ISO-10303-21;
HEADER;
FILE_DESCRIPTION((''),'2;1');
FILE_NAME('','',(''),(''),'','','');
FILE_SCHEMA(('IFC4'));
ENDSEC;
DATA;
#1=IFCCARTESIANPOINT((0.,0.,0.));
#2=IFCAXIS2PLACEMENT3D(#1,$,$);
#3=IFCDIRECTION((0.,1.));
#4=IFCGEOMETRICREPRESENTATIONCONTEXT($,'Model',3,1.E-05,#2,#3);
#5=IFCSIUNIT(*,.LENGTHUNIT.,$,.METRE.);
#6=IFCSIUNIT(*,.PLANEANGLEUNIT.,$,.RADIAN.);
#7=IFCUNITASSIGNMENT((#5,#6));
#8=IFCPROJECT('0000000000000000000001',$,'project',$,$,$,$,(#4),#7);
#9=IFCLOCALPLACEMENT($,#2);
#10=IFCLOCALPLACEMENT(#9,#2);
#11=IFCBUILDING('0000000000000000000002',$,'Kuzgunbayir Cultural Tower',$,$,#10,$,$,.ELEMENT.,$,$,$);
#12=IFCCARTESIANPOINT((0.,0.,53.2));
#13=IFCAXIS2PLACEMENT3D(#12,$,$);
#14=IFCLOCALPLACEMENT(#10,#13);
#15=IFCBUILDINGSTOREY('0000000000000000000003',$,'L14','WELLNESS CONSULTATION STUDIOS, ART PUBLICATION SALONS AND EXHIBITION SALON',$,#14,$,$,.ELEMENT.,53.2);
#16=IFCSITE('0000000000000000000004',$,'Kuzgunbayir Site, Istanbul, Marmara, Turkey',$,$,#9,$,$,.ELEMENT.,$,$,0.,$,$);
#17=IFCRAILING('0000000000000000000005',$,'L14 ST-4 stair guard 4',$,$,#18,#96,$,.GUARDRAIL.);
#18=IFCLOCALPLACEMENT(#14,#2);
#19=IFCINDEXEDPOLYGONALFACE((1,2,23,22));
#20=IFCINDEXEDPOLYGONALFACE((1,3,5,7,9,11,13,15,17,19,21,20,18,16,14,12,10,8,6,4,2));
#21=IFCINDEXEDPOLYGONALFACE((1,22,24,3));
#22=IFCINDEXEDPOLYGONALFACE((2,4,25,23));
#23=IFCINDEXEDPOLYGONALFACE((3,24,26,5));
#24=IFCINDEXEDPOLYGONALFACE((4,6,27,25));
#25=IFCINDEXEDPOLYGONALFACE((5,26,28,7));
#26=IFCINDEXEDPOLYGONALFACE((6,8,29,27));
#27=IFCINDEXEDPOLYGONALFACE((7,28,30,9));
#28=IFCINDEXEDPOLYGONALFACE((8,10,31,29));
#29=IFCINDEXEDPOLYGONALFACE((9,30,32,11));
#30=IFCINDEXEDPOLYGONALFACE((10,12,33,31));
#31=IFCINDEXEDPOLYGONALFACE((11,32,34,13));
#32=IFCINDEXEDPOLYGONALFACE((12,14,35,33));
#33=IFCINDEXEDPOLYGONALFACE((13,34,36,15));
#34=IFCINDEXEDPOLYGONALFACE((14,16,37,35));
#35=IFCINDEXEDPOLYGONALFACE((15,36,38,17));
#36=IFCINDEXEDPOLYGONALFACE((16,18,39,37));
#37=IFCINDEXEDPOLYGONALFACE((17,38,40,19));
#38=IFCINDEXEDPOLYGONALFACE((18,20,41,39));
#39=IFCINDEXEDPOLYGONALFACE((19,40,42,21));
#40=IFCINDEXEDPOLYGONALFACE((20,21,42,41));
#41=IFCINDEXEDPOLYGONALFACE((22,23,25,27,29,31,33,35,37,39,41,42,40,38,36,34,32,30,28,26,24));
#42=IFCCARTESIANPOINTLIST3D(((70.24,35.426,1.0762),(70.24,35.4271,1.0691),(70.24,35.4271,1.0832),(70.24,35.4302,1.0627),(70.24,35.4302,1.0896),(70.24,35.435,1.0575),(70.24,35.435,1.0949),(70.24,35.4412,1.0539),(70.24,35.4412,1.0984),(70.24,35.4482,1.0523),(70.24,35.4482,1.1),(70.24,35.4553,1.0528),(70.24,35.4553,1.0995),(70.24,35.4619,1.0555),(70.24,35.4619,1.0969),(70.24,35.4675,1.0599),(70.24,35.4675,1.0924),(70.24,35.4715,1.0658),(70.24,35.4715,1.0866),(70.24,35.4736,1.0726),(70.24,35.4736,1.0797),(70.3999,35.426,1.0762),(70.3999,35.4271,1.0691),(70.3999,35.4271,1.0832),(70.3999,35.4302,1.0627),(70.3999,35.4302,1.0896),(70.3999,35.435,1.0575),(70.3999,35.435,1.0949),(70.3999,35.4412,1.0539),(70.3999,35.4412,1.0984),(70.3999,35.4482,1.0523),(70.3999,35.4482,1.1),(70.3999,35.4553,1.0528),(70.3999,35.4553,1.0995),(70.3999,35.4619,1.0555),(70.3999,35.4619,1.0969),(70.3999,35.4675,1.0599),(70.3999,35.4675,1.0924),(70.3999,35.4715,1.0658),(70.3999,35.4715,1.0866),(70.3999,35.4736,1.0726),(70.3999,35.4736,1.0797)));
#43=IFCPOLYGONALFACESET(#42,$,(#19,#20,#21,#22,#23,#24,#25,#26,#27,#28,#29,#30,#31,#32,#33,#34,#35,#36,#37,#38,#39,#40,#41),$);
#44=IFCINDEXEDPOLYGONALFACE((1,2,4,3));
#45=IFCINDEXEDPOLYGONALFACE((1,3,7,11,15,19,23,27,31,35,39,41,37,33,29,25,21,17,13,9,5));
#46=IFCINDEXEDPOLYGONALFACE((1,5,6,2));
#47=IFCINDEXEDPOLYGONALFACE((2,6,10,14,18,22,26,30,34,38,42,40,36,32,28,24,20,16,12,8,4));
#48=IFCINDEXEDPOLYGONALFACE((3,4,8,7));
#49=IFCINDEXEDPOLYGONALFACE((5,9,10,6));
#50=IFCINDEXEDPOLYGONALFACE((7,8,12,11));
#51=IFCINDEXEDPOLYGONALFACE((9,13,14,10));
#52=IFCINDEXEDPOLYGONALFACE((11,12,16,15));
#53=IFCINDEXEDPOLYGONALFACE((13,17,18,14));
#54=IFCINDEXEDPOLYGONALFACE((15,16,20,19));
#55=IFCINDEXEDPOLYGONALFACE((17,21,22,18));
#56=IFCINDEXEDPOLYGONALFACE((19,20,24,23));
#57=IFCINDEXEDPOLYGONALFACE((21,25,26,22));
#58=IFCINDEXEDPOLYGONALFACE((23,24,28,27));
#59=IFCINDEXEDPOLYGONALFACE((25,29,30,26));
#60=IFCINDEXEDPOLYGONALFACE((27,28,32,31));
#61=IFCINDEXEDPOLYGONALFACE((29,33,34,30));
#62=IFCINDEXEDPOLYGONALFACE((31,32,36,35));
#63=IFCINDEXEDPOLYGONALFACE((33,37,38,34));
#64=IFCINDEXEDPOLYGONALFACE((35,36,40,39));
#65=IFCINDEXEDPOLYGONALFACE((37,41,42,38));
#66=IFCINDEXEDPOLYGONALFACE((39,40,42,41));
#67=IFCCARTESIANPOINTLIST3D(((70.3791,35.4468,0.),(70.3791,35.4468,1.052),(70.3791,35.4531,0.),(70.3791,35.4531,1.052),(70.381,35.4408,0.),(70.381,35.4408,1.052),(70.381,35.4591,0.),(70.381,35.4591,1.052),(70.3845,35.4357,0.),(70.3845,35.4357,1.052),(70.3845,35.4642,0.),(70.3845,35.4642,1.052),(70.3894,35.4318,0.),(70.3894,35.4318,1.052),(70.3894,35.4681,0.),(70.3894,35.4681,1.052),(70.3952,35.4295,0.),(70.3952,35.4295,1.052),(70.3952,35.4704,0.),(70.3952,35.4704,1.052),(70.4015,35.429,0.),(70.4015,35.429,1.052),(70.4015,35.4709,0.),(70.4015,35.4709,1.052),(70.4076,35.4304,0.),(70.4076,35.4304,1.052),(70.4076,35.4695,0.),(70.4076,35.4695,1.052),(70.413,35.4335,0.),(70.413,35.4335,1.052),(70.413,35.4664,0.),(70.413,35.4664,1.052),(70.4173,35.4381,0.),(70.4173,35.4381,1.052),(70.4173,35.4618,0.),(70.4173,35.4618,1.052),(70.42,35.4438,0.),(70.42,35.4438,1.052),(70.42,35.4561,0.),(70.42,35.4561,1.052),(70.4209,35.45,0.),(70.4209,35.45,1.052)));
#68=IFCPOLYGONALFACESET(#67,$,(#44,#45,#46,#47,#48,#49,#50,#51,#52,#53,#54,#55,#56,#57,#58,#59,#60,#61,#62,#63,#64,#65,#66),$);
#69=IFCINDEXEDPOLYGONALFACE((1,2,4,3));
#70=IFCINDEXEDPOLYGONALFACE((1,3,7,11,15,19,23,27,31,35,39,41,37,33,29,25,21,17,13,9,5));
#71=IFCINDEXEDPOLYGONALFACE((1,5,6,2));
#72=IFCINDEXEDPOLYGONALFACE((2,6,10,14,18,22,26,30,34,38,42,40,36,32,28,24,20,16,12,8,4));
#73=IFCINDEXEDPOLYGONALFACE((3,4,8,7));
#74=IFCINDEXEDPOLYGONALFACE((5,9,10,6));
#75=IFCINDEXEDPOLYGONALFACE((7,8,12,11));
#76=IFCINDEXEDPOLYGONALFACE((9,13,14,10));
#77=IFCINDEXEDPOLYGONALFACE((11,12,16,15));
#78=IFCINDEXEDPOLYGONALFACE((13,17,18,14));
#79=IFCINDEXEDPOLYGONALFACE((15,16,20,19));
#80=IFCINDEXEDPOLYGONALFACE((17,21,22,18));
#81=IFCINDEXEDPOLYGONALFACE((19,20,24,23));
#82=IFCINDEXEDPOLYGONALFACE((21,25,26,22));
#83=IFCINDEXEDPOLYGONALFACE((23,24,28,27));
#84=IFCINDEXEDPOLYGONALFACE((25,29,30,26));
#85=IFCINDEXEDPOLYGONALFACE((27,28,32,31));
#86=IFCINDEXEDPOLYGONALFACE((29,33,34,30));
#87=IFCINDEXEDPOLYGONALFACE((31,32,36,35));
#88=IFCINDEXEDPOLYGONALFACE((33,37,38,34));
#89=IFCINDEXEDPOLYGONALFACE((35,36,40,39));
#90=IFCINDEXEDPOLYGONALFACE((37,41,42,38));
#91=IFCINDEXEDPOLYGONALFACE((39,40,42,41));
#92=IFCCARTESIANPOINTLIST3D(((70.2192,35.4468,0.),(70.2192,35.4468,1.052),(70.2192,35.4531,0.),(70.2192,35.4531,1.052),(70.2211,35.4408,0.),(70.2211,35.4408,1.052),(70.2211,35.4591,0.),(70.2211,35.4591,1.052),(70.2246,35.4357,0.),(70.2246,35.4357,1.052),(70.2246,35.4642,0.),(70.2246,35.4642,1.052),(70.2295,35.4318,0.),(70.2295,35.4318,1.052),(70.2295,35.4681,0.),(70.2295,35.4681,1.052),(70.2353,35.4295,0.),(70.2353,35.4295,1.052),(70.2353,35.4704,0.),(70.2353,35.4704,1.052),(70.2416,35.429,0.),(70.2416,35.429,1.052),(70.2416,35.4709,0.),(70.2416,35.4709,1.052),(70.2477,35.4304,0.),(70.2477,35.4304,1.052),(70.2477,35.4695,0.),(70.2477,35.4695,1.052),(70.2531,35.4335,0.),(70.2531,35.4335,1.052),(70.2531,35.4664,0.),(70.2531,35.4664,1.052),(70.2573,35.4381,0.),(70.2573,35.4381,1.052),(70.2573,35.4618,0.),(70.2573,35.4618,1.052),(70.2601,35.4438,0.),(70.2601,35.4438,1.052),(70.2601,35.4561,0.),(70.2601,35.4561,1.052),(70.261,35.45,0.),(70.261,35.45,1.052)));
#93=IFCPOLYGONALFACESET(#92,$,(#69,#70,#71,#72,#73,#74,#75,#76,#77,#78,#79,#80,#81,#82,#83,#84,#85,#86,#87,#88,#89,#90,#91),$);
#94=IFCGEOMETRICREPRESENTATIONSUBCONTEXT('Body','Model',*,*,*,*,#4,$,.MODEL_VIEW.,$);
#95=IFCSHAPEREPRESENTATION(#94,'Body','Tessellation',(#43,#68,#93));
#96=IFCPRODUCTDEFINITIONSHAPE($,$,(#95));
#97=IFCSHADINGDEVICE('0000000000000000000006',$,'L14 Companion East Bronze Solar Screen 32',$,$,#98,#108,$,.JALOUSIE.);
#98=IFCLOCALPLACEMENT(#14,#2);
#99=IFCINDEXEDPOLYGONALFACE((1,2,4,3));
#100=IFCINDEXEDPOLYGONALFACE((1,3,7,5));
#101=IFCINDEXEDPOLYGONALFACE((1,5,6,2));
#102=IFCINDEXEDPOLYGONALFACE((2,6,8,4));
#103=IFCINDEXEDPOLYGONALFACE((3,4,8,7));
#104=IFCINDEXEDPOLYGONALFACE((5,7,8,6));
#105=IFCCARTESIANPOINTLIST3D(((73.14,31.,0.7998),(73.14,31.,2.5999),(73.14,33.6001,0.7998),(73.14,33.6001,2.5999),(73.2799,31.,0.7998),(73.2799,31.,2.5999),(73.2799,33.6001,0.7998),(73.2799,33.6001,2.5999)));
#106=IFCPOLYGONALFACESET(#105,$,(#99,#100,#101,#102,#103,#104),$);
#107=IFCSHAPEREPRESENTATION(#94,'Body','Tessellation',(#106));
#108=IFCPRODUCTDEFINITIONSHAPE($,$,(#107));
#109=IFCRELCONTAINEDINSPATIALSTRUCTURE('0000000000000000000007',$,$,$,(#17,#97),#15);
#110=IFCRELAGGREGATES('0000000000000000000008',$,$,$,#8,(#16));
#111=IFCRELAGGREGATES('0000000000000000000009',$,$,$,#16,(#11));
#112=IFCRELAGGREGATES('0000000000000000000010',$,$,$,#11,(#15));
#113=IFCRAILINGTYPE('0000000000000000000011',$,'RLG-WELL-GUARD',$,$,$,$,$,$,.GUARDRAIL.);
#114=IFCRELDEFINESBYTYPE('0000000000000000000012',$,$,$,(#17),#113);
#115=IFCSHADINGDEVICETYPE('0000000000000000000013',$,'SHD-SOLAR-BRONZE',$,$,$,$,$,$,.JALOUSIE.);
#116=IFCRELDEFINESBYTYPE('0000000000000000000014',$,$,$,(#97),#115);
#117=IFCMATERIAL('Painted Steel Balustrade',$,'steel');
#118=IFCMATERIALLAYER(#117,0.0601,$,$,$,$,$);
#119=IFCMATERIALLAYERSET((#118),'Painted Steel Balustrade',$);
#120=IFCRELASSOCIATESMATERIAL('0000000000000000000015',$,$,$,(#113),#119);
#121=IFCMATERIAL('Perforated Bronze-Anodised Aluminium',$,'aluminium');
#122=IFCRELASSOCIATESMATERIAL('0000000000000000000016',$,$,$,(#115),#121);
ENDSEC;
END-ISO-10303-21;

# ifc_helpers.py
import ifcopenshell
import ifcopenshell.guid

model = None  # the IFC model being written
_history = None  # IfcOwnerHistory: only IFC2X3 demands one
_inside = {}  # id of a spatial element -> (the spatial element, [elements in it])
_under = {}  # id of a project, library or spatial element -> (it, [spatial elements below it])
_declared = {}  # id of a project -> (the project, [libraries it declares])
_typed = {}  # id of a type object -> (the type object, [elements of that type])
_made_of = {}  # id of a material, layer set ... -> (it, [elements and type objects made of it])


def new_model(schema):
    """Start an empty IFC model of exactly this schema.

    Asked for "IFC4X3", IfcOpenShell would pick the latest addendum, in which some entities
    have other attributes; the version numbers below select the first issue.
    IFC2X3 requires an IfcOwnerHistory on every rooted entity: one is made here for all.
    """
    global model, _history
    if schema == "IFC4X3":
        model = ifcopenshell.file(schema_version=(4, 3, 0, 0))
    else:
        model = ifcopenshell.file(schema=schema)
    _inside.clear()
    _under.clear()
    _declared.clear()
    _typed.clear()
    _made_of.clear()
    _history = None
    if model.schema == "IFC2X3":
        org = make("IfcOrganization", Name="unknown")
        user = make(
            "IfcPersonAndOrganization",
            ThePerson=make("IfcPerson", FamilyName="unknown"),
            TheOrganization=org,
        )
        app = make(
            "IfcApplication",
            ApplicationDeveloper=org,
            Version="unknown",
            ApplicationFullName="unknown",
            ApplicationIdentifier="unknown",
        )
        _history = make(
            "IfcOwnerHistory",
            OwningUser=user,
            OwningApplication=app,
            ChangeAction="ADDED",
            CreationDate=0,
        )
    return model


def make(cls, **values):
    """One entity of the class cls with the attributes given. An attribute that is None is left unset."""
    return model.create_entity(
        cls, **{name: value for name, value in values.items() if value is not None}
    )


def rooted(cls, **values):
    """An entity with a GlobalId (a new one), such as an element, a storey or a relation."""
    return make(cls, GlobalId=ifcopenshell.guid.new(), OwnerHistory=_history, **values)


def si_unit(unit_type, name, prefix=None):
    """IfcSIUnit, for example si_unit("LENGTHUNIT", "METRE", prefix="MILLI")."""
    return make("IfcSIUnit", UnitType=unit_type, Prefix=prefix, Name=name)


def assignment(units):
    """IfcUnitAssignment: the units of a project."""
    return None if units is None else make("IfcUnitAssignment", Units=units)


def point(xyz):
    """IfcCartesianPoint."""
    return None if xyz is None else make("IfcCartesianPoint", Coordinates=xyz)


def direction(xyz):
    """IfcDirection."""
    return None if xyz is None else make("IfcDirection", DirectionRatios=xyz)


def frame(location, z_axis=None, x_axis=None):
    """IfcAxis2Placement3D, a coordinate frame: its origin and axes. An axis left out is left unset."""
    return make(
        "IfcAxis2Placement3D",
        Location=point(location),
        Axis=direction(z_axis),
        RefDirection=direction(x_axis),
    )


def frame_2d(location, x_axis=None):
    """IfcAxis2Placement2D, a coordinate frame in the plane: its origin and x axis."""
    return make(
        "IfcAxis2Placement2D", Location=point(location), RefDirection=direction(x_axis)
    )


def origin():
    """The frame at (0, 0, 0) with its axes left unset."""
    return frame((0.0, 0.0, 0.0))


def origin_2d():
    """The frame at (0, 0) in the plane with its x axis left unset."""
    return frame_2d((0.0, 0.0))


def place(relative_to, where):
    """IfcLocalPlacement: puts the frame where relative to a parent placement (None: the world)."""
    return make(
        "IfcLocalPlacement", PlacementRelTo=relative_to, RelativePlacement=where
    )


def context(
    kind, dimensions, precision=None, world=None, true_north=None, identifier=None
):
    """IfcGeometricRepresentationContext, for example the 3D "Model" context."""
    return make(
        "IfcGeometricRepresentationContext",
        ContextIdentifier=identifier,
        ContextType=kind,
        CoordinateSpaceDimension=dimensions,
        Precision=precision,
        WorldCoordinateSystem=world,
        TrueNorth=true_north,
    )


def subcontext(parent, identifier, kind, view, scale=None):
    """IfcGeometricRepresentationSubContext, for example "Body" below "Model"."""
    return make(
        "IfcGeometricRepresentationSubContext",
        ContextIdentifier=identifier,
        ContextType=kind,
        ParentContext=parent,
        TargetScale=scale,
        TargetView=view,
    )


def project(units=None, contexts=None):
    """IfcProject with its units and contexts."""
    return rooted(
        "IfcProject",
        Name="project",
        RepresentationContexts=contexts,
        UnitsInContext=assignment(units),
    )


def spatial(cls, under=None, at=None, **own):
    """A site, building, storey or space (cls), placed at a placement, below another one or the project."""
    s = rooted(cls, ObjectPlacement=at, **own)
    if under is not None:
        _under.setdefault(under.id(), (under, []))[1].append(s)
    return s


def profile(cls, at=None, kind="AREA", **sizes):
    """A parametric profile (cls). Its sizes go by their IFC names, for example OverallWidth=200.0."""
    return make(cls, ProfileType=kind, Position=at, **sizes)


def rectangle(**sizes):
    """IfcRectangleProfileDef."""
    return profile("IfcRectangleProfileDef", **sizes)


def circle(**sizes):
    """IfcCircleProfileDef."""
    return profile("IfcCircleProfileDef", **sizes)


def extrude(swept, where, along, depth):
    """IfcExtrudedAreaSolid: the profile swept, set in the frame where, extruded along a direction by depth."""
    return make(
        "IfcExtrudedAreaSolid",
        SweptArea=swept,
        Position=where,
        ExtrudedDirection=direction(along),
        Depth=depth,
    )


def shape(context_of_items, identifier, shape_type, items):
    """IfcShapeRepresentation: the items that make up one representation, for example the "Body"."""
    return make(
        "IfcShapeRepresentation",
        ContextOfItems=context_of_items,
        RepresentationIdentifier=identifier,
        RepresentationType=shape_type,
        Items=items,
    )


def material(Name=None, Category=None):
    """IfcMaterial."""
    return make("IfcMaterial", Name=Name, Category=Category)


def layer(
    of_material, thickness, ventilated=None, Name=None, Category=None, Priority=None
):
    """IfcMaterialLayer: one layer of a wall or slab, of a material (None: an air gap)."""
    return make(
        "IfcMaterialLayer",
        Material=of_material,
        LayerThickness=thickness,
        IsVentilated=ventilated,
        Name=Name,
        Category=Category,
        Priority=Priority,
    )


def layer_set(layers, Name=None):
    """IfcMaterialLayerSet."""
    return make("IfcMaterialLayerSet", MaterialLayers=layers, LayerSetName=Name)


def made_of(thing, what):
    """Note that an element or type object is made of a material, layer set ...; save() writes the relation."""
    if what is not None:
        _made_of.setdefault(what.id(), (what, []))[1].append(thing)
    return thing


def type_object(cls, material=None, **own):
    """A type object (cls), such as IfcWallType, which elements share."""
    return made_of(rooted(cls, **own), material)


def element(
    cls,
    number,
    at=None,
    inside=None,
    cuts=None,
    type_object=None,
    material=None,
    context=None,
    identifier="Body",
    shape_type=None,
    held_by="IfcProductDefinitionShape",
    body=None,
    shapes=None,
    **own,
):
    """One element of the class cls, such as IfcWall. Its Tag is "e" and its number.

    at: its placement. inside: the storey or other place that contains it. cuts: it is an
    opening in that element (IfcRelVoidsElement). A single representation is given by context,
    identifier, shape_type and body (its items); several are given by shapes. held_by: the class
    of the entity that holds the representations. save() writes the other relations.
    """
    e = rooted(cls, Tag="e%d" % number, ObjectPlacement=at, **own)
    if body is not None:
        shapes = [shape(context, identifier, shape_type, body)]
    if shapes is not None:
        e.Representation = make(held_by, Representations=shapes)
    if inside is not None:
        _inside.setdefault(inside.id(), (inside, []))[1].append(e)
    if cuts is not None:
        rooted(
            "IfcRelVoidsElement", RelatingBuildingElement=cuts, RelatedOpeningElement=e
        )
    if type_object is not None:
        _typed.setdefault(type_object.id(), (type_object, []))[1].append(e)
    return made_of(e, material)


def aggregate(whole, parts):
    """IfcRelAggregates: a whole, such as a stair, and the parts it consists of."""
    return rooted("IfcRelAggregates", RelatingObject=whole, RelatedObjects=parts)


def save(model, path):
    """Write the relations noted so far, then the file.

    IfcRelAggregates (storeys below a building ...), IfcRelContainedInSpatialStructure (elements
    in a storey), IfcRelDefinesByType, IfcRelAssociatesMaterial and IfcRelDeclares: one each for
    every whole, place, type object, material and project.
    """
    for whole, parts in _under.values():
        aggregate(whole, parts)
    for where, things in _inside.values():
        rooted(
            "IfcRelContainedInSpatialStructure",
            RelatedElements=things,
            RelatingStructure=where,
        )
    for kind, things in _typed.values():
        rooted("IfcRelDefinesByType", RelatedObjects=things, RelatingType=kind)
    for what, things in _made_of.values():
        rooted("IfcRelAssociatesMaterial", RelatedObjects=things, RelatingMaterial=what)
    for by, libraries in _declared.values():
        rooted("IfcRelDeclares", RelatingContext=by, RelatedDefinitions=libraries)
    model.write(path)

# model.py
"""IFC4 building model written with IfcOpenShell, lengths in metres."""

from ifc_helpers import new_model, si_unit, direction, frame, origin, origin_2d, place, context, subcontext, project, spatial, rectangle, circle, extrude, material, layer, layer_set, type_object, element, save


model = new_model("IFC4")

# Units and contexts
model_context = context("Model", 3, precision=1e-05, world=origin(), true_north=direction((0.0, 1.0)))
body_context = subcontext(model_context, "Body", "Model", "MODEL_VIEW")
ifc_project = project(units=[si_unit("LENGTHUNIT", "METRE"), si_unit("PLANEANGLEUNIT", "RADIAN")], contexts=[model_context])

# Site, building, storey
site_placement = place(None, origin())
site = spatial("IfcSite", under=ifc_project, at=site_placement, Name="Kuzgunbayir Site, Istanbul, Marmara, Turkey", CompositionType="ELEMENT", RefElevation=0.0)
building_placement = place(site_placement, origin())
building = spatial("IfcBuilding", under=site, at=building_placement, Name="Kuzgunbayir Cultural Tower", CompositionType="ELEMENT")
storey_placement = place(building_placement, frame((0.0, 0.0, 53.2)))
storey = spatial("IfcBuildingStorey", under=building, at=storey_placement, Name="L14", Description="WELLNESS CONSULTATION STUDIOS, ART PUBLICATION SALONS AND EXHIBITION SALON", CompositionType="ELEMENT", Elevation=53.2)

# Shared definitions
ifc_material_1 = material(Name="Perforated Bronze-Anodised Aluminium", Category="aluminium")

# Railing
ifc_material_2 = material(Name="Painted Steel Balustrade", Category="steel")
ifc_layer_1 = layer(ifc_material_2, 0.0601)
ifc_layer_set_1 = layer_set([ifc_layer_1], Name="Painted Steel Balustrade")
railing_type = type_object("IfcRailingType", Name="RLG-WELL-GUARD", PredefinedType="GUARDRAIL", material=ifc_layer_set_1)
railing_1_placement = place(storey_placement, frame((70.3999, 35.45, 0.0)))
element("IfcRailing", 1, at=railing_1_placement, inside=storey, type_object=railing_type, Name="L14 ST-4 stair guard 4", PredefinedType="GUARDRAIL", context=body_context, shape_type="SweptSolid", body=[
    extrude(circle(Radius=0.0239, at=origin_2d()), frame((0.0, 0.0, 1.0762), z_axis=(-1.0, 0.0, 0.0), x_axis=(0.0, -1.0, 0.0)), (0.0, 0.0, 1.0), 0.1599),
    extrude(circle(Radius=0.021, at=origin_2d()), origin(), (0.0, 0.0, 1.0), 1.052),
    extrude(circle(Radius=0.021, at=origin_2d()), frame((-0.1599, 0.0, 0.0)), (0.0, 0.0, 1.0), 1.052),
])

# Shading device
shading_device_type = type_object("IfcShadingDeviceType", Name="SHD-SOLAR-BRONZE", PredefinedType="JALOUSIE", material=ifc_material_1)
shading_device_placement = place(storey_placement, frame((73.21, 32.3, 0.7998), z_axis=(0.0, 0.0, 1.0), x_axis=(1.0, 0.0, 0.0)))
element("IfcShadingDevice", 2, at=shading_device_placement, inside=storey, type_object=shading_device_type, Name="L14 Companion East Bronze Solar Screen 32", PredefinedType="JALOUSIE", context=body_context, shape_type="SweptSolid", body=[
    extrude(rectangle(XDim=0.1399, YDim=2.6001, at=origin_2d()), origin(), (0.0, 0.0, 1.0), 1.8),
])

save(model, "model.ifc")
